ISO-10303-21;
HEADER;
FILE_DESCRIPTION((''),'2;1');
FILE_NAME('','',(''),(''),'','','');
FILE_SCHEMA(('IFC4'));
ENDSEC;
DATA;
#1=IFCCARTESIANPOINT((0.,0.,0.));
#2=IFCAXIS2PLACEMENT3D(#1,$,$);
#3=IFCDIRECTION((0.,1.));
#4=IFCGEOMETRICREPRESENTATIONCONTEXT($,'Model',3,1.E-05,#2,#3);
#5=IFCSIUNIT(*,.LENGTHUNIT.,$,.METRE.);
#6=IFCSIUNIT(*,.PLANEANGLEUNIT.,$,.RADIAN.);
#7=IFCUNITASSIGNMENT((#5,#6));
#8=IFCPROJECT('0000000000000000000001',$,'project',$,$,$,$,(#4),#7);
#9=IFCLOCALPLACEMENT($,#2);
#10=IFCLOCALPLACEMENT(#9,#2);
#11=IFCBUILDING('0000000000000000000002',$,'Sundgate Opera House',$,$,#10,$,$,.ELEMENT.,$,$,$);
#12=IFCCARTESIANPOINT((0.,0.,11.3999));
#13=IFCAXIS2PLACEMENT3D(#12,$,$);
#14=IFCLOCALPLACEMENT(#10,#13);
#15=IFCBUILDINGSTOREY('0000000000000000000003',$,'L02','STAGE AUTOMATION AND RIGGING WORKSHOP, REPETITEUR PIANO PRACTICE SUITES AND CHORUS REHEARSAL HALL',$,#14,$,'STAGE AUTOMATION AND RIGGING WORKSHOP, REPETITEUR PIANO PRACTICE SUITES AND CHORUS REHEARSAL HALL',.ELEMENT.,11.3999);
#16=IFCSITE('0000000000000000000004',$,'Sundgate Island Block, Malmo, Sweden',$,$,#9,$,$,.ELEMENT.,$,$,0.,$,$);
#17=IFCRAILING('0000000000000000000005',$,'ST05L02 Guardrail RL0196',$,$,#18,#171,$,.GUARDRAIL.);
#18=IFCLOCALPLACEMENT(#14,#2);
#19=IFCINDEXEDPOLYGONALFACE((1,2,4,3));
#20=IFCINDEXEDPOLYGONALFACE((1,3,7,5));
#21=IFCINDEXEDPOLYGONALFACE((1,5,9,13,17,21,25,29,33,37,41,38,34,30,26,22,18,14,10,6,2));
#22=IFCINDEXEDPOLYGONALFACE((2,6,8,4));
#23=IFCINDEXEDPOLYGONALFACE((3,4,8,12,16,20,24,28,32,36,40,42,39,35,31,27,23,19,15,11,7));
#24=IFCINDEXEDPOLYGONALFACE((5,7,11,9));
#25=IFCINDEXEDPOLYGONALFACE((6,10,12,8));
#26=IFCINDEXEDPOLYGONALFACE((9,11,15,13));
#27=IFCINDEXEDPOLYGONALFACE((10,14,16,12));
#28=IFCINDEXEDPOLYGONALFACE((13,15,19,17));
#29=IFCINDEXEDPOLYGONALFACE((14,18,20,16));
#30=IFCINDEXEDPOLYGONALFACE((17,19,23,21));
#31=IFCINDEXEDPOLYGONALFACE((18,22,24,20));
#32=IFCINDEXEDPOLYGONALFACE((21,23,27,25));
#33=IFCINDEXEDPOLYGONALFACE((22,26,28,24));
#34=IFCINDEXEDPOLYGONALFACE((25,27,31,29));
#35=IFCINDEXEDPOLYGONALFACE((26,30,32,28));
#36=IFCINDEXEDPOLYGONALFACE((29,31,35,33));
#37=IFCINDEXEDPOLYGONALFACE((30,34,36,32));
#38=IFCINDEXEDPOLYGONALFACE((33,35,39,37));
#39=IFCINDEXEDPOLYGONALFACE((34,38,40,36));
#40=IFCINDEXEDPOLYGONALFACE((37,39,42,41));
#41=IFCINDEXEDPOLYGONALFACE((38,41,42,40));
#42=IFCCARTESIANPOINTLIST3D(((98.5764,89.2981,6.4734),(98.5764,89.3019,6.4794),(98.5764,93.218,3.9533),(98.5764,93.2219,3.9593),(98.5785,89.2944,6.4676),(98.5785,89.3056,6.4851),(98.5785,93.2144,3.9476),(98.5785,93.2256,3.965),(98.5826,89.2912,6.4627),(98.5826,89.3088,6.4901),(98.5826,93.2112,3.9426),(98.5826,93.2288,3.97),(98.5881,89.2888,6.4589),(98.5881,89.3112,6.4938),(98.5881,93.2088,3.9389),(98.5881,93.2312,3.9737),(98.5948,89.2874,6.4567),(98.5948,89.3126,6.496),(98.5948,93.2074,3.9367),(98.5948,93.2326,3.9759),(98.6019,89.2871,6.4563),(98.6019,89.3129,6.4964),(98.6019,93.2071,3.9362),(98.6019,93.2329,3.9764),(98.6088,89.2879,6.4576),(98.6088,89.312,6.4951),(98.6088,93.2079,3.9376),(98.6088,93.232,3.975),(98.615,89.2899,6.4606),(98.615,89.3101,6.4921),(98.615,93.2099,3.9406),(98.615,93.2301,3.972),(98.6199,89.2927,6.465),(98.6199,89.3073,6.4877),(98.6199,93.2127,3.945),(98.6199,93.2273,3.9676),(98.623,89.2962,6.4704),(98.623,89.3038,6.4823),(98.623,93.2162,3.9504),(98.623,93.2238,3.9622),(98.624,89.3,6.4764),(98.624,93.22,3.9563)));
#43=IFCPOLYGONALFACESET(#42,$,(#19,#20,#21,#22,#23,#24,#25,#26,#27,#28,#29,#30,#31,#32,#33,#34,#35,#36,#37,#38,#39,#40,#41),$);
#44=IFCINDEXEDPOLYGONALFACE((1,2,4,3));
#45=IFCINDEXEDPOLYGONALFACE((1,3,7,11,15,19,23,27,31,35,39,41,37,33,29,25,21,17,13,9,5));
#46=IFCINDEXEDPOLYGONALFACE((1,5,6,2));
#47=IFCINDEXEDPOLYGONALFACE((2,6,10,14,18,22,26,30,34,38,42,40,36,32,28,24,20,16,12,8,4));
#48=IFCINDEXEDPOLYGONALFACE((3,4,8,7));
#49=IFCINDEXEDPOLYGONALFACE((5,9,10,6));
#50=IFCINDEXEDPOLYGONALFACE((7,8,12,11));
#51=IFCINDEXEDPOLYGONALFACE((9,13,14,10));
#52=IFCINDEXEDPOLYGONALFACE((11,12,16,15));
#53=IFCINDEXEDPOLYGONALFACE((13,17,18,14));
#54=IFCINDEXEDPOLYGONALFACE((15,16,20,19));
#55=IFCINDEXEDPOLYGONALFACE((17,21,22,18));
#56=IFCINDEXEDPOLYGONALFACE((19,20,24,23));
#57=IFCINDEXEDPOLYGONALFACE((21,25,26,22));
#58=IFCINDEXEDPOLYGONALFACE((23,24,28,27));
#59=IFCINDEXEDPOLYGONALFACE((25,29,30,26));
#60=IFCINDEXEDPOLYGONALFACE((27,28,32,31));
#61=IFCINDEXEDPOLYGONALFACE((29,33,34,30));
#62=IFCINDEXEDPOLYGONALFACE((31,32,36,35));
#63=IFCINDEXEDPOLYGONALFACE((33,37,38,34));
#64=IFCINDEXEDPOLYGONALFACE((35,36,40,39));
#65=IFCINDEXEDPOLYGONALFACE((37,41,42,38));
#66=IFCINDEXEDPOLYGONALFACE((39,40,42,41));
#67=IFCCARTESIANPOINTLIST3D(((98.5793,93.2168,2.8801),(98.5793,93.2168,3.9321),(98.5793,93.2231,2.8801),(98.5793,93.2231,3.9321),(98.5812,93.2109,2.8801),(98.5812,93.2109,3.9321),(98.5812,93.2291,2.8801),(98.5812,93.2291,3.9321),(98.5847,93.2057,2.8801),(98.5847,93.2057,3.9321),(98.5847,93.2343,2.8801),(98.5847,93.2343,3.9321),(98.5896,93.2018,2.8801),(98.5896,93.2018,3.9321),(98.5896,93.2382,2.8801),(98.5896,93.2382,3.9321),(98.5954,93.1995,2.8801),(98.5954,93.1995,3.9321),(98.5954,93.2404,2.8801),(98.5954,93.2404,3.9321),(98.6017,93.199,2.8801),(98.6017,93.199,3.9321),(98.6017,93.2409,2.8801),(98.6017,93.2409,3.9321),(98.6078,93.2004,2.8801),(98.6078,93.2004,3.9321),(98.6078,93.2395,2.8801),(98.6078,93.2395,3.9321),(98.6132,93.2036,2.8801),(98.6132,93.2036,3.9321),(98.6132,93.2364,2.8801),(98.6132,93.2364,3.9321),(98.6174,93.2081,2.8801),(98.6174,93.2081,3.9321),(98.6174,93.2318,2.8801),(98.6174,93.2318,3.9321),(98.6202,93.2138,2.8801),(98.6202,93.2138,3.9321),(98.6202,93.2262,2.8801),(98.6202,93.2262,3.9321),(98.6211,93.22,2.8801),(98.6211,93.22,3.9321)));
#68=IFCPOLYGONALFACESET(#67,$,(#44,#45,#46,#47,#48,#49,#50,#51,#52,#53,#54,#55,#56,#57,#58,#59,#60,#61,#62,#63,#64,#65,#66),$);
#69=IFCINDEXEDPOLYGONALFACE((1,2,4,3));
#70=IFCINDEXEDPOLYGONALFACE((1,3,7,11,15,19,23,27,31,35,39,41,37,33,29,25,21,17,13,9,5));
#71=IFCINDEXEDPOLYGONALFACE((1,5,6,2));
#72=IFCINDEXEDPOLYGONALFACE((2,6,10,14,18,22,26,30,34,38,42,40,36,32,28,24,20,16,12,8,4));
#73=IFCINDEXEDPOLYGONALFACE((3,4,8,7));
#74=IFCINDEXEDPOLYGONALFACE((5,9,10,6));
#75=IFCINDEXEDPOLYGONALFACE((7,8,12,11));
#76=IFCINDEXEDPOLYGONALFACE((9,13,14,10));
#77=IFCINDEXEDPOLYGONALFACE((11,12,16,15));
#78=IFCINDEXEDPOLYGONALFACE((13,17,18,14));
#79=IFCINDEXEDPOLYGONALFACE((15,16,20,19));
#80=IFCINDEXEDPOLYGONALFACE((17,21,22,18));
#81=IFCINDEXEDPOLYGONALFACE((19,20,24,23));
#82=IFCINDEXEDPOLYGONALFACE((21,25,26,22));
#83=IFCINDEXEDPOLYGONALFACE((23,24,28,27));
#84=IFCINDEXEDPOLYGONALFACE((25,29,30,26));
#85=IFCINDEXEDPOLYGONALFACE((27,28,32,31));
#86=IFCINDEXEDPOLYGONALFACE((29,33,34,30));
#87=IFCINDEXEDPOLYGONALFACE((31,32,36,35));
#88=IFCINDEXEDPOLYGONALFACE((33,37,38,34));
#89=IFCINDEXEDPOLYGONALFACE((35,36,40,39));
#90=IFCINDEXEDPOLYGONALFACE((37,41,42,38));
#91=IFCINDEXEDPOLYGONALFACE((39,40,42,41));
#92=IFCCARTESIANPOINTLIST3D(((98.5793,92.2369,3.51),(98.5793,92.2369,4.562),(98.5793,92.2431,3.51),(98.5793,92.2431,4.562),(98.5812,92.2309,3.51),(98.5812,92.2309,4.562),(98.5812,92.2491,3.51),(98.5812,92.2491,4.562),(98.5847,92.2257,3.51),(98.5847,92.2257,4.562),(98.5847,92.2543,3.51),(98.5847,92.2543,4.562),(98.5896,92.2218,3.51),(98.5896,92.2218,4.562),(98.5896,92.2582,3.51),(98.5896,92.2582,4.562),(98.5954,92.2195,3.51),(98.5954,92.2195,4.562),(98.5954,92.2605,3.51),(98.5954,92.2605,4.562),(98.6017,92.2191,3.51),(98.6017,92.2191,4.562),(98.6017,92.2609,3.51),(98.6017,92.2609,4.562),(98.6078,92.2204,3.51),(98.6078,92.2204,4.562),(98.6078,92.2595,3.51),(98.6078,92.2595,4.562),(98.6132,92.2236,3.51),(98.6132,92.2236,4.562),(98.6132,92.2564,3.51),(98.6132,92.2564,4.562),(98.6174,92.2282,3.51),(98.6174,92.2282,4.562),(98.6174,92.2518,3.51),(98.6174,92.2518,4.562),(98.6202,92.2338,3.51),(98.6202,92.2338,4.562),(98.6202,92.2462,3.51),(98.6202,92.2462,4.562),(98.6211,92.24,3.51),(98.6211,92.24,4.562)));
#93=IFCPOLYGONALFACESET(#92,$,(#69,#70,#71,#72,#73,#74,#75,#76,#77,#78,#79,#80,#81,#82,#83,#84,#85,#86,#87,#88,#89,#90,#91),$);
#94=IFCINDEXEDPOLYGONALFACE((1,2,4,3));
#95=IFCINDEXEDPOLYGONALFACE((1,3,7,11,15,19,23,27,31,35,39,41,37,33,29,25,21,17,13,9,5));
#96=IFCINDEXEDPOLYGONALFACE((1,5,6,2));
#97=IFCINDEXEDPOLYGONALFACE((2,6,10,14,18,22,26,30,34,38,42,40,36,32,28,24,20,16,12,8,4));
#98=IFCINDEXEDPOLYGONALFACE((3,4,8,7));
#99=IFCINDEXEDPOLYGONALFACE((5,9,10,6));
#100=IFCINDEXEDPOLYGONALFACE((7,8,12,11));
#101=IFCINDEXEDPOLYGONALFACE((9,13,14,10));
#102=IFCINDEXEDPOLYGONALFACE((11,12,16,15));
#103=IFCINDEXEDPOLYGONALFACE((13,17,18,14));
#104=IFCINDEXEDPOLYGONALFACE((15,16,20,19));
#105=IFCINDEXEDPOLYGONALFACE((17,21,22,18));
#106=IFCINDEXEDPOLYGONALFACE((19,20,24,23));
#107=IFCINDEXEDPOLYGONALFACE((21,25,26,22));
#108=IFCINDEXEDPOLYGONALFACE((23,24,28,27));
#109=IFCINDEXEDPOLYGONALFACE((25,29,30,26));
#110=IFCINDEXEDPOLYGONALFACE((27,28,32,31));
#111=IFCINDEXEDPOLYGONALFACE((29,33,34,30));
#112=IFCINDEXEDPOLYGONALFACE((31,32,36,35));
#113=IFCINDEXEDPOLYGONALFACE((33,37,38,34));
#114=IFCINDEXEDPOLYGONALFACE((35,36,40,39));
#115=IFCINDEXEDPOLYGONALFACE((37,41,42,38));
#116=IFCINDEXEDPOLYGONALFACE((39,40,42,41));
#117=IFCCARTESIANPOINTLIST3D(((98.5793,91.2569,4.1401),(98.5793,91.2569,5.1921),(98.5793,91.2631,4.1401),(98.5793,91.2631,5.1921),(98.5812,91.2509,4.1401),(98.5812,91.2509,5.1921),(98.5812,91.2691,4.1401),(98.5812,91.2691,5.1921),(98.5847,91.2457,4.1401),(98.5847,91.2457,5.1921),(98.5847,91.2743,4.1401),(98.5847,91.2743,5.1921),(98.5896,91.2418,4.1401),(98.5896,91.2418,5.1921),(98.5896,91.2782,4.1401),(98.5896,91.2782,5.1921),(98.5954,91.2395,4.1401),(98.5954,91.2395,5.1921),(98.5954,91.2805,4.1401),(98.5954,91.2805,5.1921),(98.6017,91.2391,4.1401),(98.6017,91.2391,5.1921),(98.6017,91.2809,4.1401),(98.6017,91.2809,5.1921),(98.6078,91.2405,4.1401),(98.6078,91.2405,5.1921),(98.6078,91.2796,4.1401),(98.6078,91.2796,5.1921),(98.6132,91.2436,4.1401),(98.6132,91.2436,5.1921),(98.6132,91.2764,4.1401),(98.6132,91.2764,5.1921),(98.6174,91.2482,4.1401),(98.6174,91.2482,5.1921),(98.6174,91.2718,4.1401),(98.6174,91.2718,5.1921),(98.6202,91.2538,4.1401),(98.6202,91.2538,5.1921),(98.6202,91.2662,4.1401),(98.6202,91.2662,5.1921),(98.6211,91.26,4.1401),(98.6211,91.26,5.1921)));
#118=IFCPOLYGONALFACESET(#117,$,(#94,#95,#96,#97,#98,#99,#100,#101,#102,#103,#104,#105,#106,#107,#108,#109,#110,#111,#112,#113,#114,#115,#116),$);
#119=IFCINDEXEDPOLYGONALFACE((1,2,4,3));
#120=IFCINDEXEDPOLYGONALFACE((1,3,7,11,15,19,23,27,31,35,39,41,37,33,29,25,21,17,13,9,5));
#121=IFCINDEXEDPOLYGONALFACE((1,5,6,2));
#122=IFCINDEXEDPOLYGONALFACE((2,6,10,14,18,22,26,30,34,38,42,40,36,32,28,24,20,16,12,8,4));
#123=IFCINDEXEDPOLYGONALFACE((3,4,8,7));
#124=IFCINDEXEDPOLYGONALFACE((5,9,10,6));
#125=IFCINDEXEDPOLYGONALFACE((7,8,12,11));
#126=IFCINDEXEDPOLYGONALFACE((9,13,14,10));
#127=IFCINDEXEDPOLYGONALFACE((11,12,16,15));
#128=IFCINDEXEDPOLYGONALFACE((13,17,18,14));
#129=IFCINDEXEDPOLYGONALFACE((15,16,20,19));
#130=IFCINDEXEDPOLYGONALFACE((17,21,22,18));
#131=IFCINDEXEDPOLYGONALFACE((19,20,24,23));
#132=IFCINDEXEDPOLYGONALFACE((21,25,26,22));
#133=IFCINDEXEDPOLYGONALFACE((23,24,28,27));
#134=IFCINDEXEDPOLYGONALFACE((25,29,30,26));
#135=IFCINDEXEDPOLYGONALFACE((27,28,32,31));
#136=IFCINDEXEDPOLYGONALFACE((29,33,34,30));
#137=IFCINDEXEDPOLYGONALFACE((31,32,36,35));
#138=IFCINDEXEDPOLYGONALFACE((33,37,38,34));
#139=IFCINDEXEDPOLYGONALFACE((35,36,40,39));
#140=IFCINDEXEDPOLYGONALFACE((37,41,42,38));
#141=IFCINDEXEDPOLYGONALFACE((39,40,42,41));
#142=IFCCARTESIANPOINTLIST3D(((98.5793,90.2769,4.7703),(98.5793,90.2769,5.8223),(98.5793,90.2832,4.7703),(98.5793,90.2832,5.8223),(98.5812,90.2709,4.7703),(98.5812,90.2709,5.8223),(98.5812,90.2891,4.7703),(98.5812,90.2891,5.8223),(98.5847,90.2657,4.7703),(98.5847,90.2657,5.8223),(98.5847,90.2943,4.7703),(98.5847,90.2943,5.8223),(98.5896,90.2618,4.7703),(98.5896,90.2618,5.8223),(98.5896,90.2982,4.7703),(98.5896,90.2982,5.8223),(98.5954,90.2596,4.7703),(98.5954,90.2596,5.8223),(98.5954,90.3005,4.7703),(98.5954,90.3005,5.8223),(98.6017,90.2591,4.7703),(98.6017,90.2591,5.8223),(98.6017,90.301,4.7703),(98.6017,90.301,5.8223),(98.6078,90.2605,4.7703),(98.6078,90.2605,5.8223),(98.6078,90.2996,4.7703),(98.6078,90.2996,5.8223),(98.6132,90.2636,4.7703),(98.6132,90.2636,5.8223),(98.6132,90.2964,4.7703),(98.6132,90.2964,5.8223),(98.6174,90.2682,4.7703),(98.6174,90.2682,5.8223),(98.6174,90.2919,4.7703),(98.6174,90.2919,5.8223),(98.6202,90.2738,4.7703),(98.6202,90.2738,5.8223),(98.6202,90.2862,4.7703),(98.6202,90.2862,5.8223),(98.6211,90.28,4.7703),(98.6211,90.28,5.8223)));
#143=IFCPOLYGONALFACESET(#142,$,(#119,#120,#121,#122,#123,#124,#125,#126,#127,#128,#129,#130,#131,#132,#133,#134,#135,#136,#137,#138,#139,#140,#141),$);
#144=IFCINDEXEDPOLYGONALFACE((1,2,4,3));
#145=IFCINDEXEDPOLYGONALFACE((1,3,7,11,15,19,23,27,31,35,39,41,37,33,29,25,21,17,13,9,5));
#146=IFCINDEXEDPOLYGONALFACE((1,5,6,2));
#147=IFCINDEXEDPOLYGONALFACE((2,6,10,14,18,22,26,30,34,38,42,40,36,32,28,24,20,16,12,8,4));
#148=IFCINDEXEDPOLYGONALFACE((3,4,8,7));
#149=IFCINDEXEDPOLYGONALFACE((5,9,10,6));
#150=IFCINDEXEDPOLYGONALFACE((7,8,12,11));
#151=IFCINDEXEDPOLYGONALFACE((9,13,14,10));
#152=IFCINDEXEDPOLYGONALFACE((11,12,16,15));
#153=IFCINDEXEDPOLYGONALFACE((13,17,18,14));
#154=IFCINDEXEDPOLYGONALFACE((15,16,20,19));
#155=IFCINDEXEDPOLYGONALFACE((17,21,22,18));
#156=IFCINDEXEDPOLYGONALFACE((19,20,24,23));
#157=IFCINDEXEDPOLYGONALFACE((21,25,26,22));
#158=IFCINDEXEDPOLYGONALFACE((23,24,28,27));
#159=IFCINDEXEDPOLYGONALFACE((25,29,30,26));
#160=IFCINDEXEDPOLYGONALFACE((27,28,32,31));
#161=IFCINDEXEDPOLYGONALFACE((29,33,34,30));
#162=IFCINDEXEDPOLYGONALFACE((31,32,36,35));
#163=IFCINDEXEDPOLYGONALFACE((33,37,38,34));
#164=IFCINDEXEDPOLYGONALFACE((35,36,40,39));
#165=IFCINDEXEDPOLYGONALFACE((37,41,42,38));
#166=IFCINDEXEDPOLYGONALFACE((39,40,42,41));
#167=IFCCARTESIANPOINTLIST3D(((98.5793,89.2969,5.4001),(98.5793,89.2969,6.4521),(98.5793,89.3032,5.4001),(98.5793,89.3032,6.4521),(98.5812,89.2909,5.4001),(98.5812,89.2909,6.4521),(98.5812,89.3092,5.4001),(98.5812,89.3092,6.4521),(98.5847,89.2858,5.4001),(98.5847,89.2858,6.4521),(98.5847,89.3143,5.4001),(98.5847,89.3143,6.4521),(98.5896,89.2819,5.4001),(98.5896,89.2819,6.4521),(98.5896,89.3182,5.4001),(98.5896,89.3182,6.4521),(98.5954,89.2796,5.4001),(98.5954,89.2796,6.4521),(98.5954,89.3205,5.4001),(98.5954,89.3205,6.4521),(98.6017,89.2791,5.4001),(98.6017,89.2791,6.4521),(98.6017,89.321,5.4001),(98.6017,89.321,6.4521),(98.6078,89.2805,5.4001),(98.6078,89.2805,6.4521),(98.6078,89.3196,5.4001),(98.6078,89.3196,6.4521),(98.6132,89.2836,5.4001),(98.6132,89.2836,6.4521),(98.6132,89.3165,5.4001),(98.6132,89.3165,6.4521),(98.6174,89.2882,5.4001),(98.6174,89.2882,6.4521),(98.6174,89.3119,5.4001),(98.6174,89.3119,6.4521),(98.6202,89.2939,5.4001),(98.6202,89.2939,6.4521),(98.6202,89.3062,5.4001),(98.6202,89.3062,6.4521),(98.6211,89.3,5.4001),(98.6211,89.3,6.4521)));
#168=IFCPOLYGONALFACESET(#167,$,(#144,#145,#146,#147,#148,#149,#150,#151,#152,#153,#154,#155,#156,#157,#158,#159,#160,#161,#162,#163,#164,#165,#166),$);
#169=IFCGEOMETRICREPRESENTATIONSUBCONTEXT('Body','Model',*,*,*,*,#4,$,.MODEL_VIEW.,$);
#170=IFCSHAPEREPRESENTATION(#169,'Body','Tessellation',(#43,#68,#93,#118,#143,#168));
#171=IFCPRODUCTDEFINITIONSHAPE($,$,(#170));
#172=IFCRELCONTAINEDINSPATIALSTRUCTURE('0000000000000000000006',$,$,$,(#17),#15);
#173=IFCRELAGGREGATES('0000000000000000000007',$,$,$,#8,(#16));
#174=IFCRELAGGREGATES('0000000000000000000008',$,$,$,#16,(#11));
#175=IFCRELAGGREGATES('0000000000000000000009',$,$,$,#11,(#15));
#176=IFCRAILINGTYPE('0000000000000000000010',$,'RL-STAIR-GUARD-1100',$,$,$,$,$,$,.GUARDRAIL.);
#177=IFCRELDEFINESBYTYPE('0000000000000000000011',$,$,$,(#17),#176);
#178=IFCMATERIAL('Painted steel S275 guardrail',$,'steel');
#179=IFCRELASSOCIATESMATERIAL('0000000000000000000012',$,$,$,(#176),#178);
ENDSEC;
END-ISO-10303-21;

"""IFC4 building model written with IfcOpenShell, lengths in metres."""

from ifc_helpers import new_model, si_unit, direction, frame, origin, origin_2d, place, context, subcontext, project, spatial, circle, extrude, material, type_object, element, save


model = new_model("IFC4")

# Units and contexts
model_context = context("Model", 3, precision=1e-05, world=origin(), true_north=direction((0.0, 1.0)))
body_context = subcontext(model_context, "Body", "Model", "MODEL_VIEW")
ifc_project = project(units=[si_unit("LENGTHUNIT", "METRE"), si_unit("PLANEANGLEUNIT", "RADIAN")], contexts=[model_context])

# Site, building, storey
site_placement = place(None, origin())
site = spatial("IfcSite", under=ifc_project, at=site_placement, Name="Sundgate Island Block, Malmo, Sweden", CompositionType="ELEMENT", RefElevation=0.0)
building_placement = place(site_placement, origin())
building = spatial("IfcBuilding", under=site, at=building_placement, Name="Sundgate Opera House", CompositionType="ELEMENT")
storey_placement = place(building_placement, frame((0.0, 0.0, 11.3999)))
storey = spatial("IfcBuildingStorey", under=building, at=storey_placement, Name="L02", Description="STAGE AUTOMATION AND RIGGING WORKSHOP, REPETITEUR PIANO PRACTICE SUITES AND CHORUS REHEARSAL HALL", LongName="STAGE AUTOMATION AND RIGGING WORKSHOP, REPETITEUR PIANO PRACTICE SUITES AND CHORUS REHEARSAL HALL", CompositionType="ELEMENT", Elevation=11.3999)

# Railing
ifc_material_1 = material(Name="Painted steel S275 guardrail", Category="steel")
railing_type_1 = type_object("IfcRailingType", Name="RL-STAIR-GUARD-1100", PredefinedType="GUARDRAIL", material=ifc_material_1)
railing_1_placement = place(storey_placement, frame((98.6001, 93.22, 2.8801)))
element("IfcRailing", 1, at=railing_1_placement, inside=storey, type_object=railing_type_1, Name="ST05L02 Guardrail RL0196", PredefinedType="GUARDRAIL", context=body_context, shape_type="SweptSolid", body=[
    extrude(circle(Radius=0.0239, at=origin_2d()), frame((0.0, 0.0, 1.0762), z_axis=(0.0, -0.841172, 0.540768), x_axis=(1.0, 0.0, 0.0)), (0.0, 0.0, 1.0), 4.6602),
    extrude(circle(Radius=0.021, at=origin_2d()), origin(), (0.0, 0.0, 1.0), 1.052),
    extrude(circle(Radius=0.021, at=origin_2d()), frame((0.0, -0.98, 0.6299)), (0.0, 0.0, 1.0), 1.052),
    extrude(circle(Radius=0.021, at=origin_2d()), frame((0.0, -1.96, 1.26)), (0.0, 0.0, 1.0), 1.052),
    extrude(circle(Radius=0.021, at=origin_2d()), frame((0.0, -2.9399, 1.8901)), (0.0, 0.0, 1.0), 1.052),
    extrude(circle(Radius=0.021, at=origin_2d()), frame((0.0, -3.9199, 2.52)), (0.0, 0.0, 1.0), 1.052),
])

save(model, "model.ifc")
